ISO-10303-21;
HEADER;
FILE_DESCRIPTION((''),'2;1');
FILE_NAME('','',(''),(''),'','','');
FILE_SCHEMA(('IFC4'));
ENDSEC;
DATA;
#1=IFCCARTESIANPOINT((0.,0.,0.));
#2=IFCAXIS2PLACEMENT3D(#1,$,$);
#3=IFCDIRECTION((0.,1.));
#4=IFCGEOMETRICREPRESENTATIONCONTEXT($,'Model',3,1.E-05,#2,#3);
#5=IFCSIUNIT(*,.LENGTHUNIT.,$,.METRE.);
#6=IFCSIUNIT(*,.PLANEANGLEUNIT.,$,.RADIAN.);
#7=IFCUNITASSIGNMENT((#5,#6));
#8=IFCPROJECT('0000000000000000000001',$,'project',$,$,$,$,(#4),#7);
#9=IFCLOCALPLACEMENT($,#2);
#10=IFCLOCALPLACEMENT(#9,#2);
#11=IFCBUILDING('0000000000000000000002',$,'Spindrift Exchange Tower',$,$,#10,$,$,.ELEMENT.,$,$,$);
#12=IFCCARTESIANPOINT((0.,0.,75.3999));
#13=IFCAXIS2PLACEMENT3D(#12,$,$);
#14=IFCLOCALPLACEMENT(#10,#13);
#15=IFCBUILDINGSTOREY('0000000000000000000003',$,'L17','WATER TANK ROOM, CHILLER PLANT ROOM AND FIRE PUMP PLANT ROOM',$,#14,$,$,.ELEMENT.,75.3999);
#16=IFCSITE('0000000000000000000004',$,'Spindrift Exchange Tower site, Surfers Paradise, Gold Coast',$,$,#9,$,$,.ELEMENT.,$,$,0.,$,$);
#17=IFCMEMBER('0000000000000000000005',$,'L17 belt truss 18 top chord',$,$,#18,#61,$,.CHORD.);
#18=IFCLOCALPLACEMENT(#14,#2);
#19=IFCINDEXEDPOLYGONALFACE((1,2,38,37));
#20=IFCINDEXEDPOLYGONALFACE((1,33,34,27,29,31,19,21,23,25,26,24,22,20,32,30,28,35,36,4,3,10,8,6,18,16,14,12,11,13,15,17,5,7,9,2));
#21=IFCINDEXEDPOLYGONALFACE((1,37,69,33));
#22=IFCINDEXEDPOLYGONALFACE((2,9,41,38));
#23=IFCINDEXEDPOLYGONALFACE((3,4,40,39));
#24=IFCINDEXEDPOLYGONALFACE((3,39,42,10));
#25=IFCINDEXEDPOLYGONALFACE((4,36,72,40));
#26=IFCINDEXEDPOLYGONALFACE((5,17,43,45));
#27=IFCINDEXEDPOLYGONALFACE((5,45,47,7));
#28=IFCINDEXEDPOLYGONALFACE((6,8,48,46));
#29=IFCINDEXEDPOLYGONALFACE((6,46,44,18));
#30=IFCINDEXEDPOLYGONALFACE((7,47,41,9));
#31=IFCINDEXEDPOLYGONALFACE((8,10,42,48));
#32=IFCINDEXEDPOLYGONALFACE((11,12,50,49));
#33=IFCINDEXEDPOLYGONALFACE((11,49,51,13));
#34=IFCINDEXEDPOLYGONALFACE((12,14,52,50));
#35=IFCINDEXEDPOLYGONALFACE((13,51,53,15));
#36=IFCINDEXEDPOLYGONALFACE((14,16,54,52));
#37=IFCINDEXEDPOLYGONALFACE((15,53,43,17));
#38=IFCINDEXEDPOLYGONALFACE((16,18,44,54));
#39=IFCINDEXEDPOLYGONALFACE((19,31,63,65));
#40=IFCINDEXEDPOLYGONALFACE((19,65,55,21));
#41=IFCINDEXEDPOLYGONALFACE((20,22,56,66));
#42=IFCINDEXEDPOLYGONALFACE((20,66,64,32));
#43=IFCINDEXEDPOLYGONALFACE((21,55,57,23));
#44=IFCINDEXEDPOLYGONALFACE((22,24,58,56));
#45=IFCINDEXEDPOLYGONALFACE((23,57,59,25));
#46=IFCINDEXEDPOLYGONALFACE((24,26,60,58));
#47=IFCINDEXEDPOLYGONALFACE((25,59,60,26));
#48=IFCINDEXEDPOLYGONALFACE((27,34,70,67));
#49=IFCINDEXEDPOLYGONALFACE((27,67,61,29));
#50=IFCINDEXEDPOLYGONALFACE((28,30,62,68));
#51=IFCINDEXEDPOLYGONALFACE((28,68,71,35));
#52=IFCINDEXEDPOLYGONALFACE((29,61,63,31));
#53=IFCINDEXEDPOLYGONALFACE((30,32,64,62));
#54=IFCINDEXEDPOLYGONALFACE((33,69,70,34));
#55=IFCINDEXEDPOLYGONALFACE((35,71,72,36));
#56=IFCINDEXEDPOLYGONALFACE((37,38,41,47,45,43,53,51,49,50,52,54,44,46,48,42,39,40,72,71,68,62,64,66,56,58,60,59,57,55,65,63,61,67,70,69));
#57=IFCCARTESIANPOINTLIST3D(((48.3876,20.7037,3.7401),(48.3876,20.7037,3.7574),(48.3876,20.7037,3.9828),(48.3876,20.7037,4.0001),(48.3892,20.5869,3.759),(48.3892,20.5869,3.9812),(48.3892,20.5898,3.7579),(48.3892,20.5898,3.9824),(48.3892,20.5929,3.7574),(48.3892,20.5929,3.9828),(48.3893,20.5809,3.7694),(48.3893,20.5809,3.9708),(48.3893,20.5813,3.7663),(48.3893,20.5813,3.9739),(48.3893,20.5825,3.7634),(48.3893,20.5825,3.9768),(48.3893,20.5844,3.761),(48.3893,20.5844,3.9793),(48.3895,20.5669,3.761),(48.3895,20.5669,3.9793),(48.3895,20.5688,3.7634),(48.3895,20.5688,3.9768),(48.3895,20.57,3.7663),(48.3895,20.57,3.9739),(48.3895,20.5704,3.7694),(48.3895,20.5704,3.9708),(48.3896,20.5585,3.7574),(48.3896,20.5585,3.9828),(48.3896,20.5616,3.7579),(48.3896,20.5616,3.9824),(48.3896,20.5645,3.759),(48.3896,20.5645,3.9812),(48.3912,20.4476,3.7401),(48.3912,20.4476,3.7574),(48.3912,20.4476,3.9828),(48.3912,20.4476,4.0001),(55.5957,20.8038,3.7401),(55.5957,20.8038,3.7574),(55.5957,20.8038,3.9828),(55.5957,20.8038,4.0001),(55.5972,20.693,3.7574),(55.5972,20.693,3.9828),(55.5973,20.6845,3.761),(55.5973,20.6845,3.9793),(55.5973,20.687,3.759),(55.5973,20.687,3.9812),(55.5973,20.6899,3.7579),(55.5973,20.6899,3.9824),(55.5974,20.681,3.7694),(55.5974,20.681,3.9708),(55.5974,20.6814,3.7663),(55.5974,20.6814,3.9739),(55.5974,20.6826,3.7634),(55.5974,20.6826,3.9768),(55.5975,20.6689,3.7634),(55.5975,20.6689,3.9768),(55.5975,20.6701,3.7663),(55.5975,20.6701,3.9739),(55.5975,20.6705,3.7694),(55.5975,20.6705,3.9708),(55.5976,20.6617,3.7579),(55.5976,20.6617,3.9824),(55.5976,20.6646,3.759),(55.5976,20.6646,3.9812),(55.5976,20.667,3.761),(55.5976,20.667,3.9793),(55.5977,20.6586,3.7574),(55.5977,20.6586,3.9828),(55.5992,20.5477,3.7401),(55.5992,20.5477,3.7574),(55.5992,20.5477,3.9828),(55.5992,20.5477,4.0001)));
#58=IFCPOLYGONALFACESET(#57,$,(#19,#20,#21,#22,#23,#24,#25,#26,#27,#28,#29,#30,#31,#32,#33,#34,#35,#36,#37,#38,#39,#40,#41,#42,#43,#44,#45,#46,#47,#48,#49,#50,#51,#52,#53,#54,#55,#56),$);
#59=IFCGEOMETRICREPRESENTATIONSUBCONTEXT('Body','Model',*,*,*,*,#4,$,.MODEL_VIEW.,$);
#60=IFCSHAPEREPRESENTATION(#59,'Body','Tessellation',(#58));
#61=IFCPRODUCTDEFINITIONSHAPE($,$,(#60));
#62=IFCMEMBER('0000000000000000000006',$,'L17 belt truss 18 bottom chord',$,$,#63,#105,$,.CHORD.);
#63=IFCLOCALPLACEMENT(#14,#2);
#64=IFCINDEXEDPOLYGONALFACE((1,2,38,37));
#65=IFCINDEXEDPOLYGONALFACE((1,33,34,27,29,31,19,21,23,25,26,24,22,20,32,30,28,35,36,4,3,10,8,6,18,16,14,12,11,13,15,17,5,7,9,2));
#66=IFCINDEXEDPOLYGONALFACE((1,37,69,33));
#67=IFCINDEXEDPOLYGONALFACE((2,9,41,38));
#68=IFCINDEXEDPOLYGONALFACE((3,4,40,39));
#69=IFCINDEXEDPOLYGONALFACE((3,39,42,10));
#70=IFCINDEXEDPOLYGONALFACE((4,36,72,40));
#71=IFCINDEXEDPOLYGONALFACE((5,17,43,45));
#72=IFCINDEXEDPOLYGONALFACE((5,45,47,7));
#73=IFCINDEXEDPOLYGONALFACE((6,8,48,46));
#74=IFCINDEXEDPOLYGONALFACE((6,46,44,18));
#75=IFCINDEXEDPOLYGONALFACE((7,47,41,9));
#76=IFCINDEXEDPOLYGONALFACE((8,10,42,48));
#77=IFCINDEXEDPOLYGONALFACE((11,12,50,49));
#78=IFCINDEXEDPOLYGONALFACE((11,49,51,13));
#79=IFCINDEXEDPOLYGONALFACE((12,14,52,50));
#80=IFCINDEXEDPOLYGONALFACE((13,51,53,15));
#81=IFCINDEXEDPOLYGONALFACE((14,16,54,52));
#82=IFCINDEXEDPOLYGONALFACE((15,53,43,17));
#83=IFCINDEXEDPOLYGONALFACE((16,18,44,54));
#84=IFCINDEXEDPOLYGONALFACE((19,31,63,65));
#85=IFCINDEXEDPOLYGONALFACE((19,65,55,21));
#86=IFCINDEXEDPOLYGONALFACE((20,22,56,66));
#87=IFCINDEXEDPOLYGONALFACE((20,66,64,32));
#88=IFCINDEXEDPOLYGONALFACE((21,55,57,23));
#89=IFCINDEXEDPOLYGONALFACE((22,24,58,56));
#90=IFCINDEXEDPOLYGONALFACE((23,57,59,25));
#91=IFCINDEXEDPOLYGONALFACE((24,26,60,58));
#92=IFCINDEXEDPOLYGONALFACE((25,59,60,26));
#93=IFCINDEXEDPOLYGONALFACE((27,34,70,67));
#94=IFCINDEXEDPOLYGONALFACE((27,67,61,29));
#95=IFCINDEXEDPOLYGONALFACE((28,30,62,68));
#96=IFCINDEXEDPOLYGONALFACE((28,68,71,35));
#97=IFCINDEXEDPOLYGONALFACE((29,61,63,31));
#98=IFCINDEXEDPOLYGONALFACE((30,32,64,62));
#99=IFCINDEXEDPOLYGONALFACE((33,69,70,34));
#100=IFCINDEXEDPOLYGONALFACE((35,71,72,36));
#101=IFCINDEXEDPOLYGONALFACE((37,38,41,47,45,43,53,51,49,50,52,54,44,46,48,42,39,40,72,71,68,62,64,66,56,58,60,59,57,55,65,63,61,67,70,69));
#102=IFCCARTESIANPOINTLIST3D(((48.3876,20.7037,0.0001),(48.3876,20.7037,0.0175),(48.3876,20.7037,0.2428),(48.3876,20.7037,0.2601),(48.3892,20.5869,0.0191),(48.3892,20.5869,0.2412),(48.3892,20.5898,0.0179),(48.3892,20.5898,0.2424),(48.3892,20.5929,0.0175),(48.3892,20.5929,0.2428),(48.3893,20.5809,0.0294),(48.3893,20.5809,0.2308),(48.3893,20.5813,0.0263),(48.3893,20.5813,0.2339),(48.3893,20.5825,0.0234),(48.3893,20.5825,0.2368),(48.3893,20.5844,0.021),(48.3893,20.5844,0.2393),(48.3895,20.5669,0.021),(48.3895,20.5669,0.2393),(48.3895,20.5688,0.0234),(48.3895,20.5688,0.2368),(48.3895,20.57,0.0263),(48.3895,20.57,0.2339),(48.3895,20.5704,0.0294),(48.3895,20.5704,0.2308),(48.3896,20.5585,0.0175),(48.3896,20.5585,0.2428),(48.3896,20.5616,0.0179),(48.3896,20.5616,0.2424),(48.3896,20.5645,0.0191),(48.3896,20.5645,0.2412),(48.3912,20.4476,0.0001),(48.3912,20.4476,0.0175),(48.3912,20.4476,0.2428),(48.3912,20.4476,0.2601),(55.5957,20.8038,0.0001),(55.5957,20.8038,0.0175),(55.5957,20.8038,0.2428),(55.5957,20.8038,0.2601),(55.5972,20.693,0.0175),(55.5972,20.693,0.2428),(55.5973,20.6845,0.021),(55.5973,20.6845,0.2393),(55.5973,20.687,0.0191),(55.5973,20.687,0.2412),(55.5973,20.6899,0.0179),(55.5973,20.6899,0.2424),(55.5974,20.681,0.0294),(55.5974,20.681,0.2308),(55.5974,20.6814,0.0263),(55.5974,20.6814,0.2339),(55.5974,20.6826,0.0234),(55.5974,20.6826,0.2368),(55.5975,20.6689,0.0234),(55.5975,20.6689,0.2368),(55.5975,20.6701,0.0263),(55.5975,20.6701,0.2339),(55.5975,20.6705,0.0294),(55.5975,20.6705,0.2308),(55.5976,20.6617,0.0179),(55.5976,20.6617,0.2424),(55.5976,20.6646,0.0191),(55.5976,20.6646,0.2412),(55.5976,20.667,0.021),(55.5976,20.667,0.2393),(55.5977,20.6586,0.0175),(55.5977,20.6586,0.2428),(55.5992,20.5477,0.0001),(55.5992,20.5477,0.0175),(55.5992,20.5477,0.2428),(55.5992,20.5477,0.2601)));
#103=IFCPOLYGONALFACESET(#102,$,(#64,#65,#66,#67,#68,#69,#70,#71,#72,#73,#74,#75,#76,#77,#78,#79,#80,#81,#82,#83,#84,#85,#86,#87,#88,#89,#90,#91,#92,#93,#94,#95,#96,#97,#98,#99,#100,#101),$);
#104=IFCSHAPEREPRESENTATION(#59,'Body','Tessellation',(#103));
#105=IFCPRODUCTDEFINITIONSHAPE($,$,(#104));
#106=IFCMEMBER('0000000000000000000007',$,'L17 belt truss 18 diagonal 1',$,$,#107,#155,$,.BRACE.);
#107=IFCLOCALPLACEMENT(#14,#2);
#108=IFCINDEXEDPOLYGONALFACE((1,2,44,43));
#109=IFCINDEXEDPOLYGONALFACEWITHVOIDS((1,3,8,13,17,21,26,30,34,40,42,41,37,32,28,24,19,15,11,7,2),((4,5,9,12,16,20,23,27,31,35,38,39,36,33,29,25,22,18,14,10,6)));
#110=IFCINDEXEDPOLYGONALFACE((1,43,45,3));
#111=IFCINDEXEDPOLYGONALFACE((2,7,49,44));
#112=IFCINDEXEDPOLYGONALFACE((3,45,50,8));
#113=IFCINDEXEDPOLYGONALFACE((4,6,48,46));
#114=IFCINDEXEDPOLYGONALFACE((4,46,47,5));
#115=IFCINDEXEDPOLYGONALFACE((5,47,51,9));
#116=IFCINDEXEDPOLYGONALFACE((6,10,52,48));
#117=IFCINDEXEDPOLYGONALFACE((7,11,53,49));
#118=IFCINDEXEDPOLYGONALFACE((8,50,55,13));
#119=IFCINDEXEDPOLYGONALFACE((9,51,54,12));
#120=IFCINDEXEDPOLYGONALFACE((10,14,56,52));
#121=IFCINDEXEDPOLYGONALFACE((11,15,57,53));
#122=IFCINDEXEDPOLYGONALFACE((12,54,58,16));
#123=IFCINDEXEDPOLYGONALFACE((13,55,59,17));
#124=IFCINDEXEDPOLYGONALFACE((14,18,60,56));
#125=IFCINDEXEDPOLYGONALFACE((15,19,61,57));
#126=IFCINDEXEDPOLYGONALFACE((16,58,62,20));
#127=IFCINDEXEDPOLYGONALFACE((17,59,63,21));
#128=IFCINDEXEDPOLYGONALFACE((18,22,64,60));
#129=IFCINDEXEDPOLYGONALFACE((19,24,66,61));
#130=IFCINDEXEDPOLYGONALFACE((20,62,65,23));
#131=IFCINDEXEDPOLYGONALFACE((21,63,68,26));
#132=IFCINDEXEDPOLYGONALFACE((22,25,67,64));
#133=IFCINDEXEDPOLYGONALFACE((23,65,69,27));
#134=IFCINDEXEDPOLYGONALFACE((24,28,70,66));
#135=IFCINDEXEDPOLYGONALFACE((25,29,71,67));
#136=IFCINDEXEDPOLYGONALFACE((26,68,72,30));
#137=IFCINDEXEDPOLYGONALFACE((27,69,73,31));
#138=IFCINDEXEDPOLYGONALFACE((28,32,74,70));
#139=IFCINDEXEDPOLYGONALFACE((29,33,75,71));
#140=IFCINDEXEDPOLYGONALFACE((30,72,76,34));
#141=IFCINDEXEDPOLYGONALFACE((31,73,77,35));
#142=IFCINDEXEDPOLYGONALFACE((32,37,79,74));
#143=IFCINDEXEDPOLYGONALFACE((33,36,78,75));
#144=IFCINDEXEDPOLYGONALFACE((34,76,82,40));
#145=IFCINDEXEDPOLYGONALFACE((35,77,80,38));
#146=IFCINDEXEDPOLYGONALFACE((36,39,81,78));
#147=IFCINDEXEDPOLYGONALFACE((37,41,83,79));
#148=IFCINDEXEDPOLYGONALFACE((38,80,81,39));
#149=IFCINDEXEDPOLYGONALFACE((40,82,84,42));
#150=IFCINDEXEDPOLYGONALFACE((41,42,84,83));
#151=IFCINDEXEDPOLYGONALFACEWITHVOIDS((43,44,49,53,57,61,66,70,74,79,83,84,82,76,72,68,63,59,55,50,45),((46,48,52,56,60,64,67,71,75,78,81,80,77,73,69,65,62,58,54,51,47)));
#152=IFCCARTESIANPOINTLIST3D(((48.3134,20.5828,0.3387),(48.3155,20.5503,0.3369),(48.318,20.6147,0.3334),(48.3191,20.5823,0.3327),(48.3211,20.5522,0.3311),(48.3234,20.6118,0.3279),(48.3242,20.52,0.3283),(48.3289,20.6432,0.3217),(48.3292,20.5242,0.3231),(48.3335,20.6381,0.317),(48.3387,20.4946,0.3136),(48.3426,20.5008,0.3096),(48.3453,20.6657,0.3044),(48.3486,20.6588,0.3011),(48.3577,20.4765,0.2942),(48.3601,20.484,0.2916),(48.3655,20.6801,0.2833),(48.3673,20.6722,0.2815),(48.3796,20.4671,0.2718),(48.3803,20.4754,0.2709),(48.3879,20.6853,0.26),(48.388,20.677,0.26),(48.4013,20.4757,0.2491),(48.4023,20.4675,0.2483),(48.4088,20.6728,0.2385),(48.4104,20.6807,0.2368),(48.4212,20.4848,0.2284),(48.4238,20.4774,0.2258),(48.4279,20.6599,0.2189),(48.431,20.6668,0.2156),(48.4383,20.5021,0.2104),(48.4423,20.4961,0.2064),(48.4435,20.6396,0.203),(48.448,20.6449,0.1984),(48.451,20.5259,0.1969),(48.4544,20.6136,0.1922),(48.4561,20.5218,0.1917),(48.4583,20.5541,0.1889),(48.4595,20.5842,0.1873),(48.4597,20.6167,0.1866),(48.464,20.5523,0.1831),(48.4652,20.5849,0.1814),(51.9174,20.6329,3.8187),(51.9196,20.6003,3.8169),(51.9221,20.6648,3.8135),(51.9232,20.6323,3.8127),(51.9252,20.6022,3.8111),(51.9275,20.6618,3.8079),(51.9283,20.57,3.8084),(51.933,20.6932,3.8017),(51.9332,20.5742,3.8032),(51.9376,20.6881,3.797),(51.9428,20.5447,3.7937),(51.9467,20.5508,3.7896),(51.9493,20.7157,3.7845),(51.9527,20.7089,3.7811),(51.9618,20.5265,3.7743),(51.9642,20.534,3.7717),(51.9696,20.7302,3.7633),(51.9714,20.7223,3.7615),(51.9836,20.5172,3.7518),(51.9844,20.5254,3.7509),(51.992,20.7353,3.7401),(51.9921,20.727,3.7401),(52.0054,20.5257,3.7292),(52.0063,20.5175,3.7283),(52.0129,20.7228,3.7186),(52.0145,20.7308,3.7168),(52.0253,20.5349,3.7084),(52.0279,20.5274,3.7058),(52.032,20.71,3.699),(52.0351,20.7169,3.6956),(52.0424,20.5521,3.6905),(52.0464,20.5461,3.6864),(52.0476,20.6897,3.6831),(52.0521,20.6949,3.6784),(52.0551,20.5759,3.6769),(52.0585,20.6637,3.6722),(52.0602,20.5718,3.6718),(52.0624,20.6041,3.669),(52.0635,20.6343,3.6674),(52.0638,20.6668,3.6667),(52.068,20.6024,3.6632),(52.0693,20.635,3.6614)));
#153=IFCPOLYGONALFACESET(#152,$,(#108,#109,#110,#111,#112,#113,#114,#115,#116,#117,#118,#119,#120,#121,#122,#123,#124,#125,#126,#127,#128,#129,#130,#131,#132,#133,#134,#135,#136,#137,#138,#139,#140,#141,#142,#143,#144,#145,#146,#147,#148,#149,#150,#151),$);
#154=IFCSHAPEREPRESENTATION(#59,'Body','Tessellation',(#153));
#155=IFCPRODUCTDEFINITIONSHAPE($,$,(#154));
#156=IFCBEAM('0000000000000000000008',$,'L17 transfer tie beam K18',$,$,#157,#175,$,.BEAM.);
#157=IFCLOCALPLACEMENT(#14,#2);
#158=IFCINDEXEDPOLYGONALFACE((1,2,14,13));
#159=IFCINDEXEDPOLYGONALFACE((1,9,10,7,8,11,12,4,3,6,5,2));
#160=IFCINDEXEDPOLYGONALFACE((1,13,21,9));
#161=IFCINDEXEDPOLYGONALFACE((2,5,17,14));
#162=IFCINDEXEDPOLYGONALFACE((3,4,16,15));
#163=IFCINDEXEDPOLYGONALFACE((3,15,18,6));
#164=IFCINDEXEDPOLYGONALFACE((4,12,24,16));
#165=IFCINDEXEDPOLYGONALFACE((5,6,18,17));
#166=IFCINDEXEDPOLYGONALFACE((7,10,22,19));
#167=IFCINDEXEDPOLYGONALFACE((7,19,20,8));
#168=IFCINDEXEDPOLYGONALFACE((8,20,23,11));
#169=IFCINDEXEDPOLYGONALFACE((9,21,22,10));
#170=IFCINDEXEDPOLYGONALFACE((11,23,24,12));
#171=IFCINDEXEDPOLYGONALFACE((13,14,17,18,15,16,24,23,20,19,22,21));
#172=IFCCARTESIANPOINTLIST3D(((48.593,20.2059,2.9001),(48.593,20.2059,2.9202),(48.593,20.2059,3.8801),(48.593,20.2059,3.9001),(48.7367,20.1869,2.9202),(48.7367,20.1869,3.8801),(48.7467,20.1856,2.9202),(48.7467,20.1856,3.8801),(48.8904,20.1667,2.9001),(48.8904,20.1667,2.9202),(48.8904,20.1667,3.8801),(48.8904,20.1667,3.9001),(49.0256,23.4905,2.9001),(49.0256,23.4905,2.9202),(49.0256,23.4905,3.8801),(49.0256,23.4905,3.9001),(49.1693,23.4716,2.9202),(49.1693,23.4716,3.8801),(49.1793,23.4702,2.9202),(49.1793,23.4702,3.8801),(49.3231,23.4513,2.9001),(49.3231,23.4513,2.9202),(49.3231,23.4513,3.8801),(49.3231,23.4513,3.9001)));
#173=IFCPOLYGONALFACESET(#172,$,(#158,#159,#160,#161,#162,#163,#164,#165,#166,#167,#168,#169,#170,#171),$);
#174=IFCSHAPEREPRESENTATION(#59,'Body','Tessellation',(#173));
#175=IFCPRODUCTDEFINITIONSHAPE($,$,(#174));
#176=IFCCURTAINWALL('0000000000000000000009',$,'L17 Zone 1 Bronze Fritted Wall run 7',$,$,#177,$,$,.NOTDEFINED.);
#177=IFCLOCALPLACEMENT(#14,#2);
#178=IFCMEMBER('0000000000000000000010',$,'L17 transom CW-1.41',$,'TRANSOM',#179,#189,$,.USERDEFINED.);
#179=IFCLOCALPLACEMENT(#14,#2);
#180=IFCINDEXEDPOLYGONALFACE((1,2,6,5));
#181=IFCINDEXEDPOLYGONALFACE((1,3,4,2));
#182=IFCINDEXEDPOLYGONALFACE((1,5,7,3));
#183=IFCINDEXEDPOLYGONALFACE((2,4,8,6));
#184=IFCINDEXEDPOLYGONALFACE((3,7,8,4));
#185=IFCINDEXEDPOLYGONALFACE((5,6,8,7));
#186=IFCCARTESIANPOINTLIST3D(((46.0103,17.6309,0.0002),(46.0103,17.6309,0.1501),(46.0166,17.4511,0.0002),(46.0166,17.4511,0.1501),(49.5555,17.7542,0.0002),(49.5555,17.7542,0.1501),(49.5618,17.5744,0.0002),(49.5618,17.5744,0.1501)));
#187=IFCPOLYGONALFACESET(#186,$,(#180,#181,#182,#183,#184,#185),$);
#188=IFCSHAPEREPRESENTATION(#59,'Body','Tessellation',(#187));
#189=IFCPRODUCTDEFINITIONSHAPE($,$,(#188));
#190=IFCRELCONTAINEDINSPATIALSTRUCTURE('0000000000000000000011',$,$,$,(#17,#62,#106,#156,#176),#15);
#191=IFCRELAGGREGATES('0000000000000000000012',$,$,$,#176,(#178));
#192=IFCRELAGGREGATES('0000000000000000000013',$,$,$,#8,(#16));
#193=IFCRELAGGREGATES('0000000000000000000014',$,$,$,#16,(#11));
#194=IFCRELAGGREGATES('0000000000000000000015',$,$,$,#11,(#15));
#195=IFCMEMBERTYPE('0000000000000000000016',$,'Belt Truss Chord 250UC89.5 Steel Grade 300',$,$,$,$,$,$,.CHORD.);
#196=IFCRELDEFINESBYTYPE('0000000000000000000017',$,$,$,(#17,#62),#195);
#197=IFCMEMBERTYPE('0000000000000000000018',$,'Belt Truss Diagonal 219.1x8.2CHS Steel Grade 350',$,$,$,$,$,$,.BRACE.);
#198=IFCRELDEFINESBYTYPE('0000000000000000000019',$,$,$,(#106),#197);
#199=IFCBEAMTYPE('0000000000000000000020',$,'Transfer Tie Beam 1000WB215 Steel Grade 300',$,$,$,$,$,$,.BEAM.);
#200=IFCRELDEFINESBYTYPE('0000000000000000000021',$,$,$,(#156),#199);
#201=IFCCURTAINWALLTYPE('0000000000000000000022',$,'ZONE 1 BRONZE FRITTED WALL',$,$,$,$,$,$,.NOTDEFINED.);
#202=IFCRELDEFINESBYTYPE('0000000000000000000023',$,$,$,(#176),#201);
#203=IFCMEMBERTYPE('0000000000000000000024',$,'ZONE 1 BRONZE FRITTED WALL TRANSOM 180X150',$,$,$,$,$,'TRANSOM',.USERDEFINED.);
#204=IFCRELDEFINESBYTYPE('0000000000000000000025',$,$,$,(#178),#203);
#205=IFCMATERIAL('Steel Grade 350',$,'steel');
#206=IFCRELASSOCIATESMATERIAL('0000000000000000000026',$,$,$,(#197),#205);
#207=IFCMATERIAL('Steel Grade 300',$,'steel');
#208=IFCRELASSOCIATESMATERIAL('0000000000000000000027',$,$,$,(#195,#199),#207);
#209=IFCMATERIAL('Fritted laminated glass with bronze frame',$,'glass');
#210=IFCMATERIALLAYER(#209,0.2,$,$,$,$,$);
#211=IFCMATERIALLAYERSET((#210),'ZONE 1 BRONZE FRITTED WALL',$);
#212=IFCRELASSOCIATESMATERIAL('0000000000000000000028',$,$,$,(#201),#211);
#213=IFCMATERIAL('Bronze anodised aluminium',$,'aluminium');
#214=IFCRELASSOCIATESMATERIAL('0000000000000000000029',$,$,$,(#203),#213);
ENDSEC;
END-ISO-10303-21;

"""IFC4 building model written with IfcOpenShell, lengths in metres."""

from ifc_helpers import new_model, si_unit, direction, frame, origin, origin_2d, place, context, subcontext, project, spatial, rectangle, hollow_circle, i_section, extrude, source, transform, mapped, material, layer, layer_set, material_profile, profile_set, type_object, element, aggregate, save


model = new_model("IFC4")

# Units and contexts
model_context = context("Model", 3, precision=1e-05, world=origin(), true_north=direction((0.0, 1.0)))
body_context = subcontext(model_context, "Body", "Model", "MODEL_VIEW")
ifc_project = project(units=[si_unit("LENGTHUNIT", "METRE"), si_unit("PLANEANGLEUNIT", "RADIAN")], contexts=[model_context])

# Site, building, storey
site_placement = place(None, origin())
site = spatial("IfcSite", under=ifc_project, at=site_placement, Name="Spindrift Exchange Tower site, Surfers Paradise, Gold Coast", CompositionType="ELEMENT", RefElevation=0.0)
building_placement = place(site_placement, origin())
building = spatial("IfcBuilding", under=site, at=building_placement, Name="Spindrift Exchange Tower", CompositionType="ELEMENT")
storey_placement = place(building_placement, frame((0.0, 0.0, 75.3999)))
storey = spatial("IfcBuildingStorey", under=building, at=storey_placement, Name="L17", Description="WATER TANK ROOM, CHILLER PLANT ROOM AND FIRE PUMP PLANT ROOM", CompositionType="ELEMENT", Elevation=75.3999)

# Shared definitions
ifc_material_1 = material(Name="Steel Grade 300", Category="steel")

# Members
ifc_material_2 = material(Name="Steel Grade 350", Category="steel")
ifc_material_profile_1 = material_profile(ifc_material_2, hollow_circle(Radius=0.1096, WallThickness=0.0083, at=origin_2d()), Name="219.1x8.2CHS")
ifc_profile_set_1 = profile_set([ifc_material_profile_1], Name="Steel Grade 350")
member_type_1 = type_object("IfcMemberType", Name="Belt Truss Diagonal 219.1x8.2CHS Steel Grade 350", PredefinedType="BRACE", material=ifc_profile_set_1)
ifc_material_profile_2 = material_profile(ifc_material_1, i_section(OverallWidth=0.2561, OverallDepth=0.26, WebThickness=0.0105, FlangeThickness=0.0173, FilletRadius=0.012, at=origin_2d()), Name="250UC89.5")
ifc_profile_set_2 = profile_set([ifc_material_profile_2], Name="Steel Grade 300")
member_type_2 = type_object("IfcMemberType", Name="Belt Truss Chord 250UC89.5 Steel Grade 300", PredefinedType="CHORD", material=ifc_profile_set_2)
shared_shape_1 = source(origin(), body_context, "Body", "SweptSolid", [
    extrude(i_section(OverallWidth=0.2561, OverallDepth=0.26, WebThickness=0.0105, FlangeThickness=0.0173, FilletRadius=0.012, at=origin_2d()), origin(), (0.0, 0.0, 1.0), 7.2087),
])
for number, where, z_axis, x_axis, name in (
    (1, (48.3894, 20.5757, 3.8701), (0.999904, 0.013886, 0.0), (-0.013886, 0.999904, 0.0), "L17 belt truss 18 top chord"),
    (2, (48.3894, 20.5757, 0.1301), (0.999904, 0.013886, 0.0), (-0.013886, 0.999904, 0.0), "L17 belt truss 18 bottom chord"),
):
    element("IfcMember", number, at=place(storey_placement, frame(where, z_axis=z_axis, x_axis=x_axis)), inside=storey, type_object=member_type_2, Name=name, PredefinedType="CHORD", context=body_context, shape_type="MappedRepresentation", body=[
        mapped(shared_shape_1, transform((0.0, 0.0, 0.0), scale=1.0)),
    ])
shared_shape_2 = source(origin(), body_context, "Body", "SweptSolid", [
    extrude(hollow_circle(Radius=0.1096, WallThickness=0.0083, at=origin_2d()), origin(), (0.0, 0.0, 1.0), 5.0103),
])
member_1_placement = place(storey_placement, frame((48.3894, 20.5757, 0.26), z_axis=(0.71934, 0.009989, 0.694586), x_axis=(-0.013886, 0.999904, 0.0)))
element("IfcMember", 3, at=member_1_placement, inside=storey, type_object=member_type_1, Name="L17 belt truss 18 diagonal 1", PredefinedType="BRACE", context=body_context, shape_type="MappedRepresentation", body=[
    mapped(shared_shape_2, transform((0.0, 0.0, 0.0), scale=1.0)),
])

# Beam
ifc_material_profile_3 = material_profile(ifc_material_1, i_section(OverallWidth=0.3, OverallDepth=1.0, WebThickness=0.01, FlangeThickness=0.02, at=origin_2d()), Name="1000WB215")
ifc_profile_set_3 = profile_set([ifc_material_profile_3], Name="Steel Grade 300")
beam_type_1 = type_object("IfcBeamType", Name="Transfer Tie Beam 1000WB215 Steel Grade 300", PredefinedType="BEAM", material=ifc_profile_set_3)
shared_shape_3 = source(origin(), body_context, "Body", "SweptSolid", [
    extrude(i_section(OverallWidth=0.3, OverallDepth=1.0, WebThickness=0.01, FlangeThickness=0.02, at=origin_2d()), origin(), (0.0, 0.0, 1.0), 3.313),
])
beam_1_placement = place(storey_placement, frame((48.7417, 20.1863, 3.4001), z_axis=(0.13058, 0.991438, 0.0), x_axis=(-0.991438, 0.13058, 0.0)))
element("IfcBeam", 4, at=beam_1_placement, inside=storey, type_object=beam_type_1, Name="L17 transfer tie beam K18", PredefinedType="BEAM", context=body_context, shape_type="MappedRepresentation", body=[
    mapped(shared_shape_3, transform((0.0, 0.0, 0.0), scale=1.0)),
])

# Curtain wall, member
ifc_material_3 = material(Name="Fritted laminated glass with bronze frame", Category="glass")
ifc_layer_1 = layer(ifc_material_3, 0.2)
ifc_layer_set_1 = layer_set([ifc_layer_1], Name="ZONE 1 BRONZE FRITTED WALL")
curtain_wall_type = type_object("IfcCurtainWallType", Name="ZONE 1 BRONZE FRITTED WALL", PredefinedType="NOTDEFINED", material=ifc_layer_set_1)
curtain_wall_placement = place(storey_placement, origin())
curtain_wall = element("IfcCurtainWall", 5, at=curtain_wall_placement, inside=storey, type_object=curtain_wall_type, Name="L17 Zone 1 Bronze Fritted Wall run 7", PredefinedType="NOTDEFINED")
ifc_material_4 = material(Name="Bronze anodised aluminium", Category="aluminium")
ifc_material_profile_4 = material_profile(ifc_material_4, rectangle(XDim=0.1799, YDim=0.1499, at=origin_2d()), Name="ZONE 1 BRONZE FRITTED WALL TRANSOM 180X150")
ifc_profile_set_4 = profile_set([ifc_material_profile_4], Name="Bronze anodised aluminium")
member_type_3 = type_object("IfcMemberType", Name="ZONE 1 BRONZE FRITTED WALL TRANSOM 180X150", ElementType="TRANSOM", PredefinedType="USERDEFINED", material=ifc_profile_set_4)
shared_shape_4 = source(origin(), body_context, "Body", "SweptSolid", [
    extrude(rectangle(XDim=0.1799, YDim=0.1499, at=origin_2d()), origin(), (0.0, 0.0, 1.0), 3.5474),
])
member_2_placement = place(storey_placement, frame((46.0134, 17.541, 0.0752), z_axis=(0.999396, 0.034756, 0.0), x_axis=(-0.034756, 0.999396, 0.0)))
member_2 = element("IfcMember", 6, at=member_2_placement, type_object=member_type_3, Name="L17 transom CW-1.41", ObjectType="TRANSOM", PredefinedType="USERDEFINED", context=body_context, shape_type="MappedRepresentation", body=[
    mapped(shared_shape_4, transform((0.0, 0.0, 0.0), scale=1.0)),
])
aggregate(curtain_wall, [member_2])

save(model, "model.ifc")
